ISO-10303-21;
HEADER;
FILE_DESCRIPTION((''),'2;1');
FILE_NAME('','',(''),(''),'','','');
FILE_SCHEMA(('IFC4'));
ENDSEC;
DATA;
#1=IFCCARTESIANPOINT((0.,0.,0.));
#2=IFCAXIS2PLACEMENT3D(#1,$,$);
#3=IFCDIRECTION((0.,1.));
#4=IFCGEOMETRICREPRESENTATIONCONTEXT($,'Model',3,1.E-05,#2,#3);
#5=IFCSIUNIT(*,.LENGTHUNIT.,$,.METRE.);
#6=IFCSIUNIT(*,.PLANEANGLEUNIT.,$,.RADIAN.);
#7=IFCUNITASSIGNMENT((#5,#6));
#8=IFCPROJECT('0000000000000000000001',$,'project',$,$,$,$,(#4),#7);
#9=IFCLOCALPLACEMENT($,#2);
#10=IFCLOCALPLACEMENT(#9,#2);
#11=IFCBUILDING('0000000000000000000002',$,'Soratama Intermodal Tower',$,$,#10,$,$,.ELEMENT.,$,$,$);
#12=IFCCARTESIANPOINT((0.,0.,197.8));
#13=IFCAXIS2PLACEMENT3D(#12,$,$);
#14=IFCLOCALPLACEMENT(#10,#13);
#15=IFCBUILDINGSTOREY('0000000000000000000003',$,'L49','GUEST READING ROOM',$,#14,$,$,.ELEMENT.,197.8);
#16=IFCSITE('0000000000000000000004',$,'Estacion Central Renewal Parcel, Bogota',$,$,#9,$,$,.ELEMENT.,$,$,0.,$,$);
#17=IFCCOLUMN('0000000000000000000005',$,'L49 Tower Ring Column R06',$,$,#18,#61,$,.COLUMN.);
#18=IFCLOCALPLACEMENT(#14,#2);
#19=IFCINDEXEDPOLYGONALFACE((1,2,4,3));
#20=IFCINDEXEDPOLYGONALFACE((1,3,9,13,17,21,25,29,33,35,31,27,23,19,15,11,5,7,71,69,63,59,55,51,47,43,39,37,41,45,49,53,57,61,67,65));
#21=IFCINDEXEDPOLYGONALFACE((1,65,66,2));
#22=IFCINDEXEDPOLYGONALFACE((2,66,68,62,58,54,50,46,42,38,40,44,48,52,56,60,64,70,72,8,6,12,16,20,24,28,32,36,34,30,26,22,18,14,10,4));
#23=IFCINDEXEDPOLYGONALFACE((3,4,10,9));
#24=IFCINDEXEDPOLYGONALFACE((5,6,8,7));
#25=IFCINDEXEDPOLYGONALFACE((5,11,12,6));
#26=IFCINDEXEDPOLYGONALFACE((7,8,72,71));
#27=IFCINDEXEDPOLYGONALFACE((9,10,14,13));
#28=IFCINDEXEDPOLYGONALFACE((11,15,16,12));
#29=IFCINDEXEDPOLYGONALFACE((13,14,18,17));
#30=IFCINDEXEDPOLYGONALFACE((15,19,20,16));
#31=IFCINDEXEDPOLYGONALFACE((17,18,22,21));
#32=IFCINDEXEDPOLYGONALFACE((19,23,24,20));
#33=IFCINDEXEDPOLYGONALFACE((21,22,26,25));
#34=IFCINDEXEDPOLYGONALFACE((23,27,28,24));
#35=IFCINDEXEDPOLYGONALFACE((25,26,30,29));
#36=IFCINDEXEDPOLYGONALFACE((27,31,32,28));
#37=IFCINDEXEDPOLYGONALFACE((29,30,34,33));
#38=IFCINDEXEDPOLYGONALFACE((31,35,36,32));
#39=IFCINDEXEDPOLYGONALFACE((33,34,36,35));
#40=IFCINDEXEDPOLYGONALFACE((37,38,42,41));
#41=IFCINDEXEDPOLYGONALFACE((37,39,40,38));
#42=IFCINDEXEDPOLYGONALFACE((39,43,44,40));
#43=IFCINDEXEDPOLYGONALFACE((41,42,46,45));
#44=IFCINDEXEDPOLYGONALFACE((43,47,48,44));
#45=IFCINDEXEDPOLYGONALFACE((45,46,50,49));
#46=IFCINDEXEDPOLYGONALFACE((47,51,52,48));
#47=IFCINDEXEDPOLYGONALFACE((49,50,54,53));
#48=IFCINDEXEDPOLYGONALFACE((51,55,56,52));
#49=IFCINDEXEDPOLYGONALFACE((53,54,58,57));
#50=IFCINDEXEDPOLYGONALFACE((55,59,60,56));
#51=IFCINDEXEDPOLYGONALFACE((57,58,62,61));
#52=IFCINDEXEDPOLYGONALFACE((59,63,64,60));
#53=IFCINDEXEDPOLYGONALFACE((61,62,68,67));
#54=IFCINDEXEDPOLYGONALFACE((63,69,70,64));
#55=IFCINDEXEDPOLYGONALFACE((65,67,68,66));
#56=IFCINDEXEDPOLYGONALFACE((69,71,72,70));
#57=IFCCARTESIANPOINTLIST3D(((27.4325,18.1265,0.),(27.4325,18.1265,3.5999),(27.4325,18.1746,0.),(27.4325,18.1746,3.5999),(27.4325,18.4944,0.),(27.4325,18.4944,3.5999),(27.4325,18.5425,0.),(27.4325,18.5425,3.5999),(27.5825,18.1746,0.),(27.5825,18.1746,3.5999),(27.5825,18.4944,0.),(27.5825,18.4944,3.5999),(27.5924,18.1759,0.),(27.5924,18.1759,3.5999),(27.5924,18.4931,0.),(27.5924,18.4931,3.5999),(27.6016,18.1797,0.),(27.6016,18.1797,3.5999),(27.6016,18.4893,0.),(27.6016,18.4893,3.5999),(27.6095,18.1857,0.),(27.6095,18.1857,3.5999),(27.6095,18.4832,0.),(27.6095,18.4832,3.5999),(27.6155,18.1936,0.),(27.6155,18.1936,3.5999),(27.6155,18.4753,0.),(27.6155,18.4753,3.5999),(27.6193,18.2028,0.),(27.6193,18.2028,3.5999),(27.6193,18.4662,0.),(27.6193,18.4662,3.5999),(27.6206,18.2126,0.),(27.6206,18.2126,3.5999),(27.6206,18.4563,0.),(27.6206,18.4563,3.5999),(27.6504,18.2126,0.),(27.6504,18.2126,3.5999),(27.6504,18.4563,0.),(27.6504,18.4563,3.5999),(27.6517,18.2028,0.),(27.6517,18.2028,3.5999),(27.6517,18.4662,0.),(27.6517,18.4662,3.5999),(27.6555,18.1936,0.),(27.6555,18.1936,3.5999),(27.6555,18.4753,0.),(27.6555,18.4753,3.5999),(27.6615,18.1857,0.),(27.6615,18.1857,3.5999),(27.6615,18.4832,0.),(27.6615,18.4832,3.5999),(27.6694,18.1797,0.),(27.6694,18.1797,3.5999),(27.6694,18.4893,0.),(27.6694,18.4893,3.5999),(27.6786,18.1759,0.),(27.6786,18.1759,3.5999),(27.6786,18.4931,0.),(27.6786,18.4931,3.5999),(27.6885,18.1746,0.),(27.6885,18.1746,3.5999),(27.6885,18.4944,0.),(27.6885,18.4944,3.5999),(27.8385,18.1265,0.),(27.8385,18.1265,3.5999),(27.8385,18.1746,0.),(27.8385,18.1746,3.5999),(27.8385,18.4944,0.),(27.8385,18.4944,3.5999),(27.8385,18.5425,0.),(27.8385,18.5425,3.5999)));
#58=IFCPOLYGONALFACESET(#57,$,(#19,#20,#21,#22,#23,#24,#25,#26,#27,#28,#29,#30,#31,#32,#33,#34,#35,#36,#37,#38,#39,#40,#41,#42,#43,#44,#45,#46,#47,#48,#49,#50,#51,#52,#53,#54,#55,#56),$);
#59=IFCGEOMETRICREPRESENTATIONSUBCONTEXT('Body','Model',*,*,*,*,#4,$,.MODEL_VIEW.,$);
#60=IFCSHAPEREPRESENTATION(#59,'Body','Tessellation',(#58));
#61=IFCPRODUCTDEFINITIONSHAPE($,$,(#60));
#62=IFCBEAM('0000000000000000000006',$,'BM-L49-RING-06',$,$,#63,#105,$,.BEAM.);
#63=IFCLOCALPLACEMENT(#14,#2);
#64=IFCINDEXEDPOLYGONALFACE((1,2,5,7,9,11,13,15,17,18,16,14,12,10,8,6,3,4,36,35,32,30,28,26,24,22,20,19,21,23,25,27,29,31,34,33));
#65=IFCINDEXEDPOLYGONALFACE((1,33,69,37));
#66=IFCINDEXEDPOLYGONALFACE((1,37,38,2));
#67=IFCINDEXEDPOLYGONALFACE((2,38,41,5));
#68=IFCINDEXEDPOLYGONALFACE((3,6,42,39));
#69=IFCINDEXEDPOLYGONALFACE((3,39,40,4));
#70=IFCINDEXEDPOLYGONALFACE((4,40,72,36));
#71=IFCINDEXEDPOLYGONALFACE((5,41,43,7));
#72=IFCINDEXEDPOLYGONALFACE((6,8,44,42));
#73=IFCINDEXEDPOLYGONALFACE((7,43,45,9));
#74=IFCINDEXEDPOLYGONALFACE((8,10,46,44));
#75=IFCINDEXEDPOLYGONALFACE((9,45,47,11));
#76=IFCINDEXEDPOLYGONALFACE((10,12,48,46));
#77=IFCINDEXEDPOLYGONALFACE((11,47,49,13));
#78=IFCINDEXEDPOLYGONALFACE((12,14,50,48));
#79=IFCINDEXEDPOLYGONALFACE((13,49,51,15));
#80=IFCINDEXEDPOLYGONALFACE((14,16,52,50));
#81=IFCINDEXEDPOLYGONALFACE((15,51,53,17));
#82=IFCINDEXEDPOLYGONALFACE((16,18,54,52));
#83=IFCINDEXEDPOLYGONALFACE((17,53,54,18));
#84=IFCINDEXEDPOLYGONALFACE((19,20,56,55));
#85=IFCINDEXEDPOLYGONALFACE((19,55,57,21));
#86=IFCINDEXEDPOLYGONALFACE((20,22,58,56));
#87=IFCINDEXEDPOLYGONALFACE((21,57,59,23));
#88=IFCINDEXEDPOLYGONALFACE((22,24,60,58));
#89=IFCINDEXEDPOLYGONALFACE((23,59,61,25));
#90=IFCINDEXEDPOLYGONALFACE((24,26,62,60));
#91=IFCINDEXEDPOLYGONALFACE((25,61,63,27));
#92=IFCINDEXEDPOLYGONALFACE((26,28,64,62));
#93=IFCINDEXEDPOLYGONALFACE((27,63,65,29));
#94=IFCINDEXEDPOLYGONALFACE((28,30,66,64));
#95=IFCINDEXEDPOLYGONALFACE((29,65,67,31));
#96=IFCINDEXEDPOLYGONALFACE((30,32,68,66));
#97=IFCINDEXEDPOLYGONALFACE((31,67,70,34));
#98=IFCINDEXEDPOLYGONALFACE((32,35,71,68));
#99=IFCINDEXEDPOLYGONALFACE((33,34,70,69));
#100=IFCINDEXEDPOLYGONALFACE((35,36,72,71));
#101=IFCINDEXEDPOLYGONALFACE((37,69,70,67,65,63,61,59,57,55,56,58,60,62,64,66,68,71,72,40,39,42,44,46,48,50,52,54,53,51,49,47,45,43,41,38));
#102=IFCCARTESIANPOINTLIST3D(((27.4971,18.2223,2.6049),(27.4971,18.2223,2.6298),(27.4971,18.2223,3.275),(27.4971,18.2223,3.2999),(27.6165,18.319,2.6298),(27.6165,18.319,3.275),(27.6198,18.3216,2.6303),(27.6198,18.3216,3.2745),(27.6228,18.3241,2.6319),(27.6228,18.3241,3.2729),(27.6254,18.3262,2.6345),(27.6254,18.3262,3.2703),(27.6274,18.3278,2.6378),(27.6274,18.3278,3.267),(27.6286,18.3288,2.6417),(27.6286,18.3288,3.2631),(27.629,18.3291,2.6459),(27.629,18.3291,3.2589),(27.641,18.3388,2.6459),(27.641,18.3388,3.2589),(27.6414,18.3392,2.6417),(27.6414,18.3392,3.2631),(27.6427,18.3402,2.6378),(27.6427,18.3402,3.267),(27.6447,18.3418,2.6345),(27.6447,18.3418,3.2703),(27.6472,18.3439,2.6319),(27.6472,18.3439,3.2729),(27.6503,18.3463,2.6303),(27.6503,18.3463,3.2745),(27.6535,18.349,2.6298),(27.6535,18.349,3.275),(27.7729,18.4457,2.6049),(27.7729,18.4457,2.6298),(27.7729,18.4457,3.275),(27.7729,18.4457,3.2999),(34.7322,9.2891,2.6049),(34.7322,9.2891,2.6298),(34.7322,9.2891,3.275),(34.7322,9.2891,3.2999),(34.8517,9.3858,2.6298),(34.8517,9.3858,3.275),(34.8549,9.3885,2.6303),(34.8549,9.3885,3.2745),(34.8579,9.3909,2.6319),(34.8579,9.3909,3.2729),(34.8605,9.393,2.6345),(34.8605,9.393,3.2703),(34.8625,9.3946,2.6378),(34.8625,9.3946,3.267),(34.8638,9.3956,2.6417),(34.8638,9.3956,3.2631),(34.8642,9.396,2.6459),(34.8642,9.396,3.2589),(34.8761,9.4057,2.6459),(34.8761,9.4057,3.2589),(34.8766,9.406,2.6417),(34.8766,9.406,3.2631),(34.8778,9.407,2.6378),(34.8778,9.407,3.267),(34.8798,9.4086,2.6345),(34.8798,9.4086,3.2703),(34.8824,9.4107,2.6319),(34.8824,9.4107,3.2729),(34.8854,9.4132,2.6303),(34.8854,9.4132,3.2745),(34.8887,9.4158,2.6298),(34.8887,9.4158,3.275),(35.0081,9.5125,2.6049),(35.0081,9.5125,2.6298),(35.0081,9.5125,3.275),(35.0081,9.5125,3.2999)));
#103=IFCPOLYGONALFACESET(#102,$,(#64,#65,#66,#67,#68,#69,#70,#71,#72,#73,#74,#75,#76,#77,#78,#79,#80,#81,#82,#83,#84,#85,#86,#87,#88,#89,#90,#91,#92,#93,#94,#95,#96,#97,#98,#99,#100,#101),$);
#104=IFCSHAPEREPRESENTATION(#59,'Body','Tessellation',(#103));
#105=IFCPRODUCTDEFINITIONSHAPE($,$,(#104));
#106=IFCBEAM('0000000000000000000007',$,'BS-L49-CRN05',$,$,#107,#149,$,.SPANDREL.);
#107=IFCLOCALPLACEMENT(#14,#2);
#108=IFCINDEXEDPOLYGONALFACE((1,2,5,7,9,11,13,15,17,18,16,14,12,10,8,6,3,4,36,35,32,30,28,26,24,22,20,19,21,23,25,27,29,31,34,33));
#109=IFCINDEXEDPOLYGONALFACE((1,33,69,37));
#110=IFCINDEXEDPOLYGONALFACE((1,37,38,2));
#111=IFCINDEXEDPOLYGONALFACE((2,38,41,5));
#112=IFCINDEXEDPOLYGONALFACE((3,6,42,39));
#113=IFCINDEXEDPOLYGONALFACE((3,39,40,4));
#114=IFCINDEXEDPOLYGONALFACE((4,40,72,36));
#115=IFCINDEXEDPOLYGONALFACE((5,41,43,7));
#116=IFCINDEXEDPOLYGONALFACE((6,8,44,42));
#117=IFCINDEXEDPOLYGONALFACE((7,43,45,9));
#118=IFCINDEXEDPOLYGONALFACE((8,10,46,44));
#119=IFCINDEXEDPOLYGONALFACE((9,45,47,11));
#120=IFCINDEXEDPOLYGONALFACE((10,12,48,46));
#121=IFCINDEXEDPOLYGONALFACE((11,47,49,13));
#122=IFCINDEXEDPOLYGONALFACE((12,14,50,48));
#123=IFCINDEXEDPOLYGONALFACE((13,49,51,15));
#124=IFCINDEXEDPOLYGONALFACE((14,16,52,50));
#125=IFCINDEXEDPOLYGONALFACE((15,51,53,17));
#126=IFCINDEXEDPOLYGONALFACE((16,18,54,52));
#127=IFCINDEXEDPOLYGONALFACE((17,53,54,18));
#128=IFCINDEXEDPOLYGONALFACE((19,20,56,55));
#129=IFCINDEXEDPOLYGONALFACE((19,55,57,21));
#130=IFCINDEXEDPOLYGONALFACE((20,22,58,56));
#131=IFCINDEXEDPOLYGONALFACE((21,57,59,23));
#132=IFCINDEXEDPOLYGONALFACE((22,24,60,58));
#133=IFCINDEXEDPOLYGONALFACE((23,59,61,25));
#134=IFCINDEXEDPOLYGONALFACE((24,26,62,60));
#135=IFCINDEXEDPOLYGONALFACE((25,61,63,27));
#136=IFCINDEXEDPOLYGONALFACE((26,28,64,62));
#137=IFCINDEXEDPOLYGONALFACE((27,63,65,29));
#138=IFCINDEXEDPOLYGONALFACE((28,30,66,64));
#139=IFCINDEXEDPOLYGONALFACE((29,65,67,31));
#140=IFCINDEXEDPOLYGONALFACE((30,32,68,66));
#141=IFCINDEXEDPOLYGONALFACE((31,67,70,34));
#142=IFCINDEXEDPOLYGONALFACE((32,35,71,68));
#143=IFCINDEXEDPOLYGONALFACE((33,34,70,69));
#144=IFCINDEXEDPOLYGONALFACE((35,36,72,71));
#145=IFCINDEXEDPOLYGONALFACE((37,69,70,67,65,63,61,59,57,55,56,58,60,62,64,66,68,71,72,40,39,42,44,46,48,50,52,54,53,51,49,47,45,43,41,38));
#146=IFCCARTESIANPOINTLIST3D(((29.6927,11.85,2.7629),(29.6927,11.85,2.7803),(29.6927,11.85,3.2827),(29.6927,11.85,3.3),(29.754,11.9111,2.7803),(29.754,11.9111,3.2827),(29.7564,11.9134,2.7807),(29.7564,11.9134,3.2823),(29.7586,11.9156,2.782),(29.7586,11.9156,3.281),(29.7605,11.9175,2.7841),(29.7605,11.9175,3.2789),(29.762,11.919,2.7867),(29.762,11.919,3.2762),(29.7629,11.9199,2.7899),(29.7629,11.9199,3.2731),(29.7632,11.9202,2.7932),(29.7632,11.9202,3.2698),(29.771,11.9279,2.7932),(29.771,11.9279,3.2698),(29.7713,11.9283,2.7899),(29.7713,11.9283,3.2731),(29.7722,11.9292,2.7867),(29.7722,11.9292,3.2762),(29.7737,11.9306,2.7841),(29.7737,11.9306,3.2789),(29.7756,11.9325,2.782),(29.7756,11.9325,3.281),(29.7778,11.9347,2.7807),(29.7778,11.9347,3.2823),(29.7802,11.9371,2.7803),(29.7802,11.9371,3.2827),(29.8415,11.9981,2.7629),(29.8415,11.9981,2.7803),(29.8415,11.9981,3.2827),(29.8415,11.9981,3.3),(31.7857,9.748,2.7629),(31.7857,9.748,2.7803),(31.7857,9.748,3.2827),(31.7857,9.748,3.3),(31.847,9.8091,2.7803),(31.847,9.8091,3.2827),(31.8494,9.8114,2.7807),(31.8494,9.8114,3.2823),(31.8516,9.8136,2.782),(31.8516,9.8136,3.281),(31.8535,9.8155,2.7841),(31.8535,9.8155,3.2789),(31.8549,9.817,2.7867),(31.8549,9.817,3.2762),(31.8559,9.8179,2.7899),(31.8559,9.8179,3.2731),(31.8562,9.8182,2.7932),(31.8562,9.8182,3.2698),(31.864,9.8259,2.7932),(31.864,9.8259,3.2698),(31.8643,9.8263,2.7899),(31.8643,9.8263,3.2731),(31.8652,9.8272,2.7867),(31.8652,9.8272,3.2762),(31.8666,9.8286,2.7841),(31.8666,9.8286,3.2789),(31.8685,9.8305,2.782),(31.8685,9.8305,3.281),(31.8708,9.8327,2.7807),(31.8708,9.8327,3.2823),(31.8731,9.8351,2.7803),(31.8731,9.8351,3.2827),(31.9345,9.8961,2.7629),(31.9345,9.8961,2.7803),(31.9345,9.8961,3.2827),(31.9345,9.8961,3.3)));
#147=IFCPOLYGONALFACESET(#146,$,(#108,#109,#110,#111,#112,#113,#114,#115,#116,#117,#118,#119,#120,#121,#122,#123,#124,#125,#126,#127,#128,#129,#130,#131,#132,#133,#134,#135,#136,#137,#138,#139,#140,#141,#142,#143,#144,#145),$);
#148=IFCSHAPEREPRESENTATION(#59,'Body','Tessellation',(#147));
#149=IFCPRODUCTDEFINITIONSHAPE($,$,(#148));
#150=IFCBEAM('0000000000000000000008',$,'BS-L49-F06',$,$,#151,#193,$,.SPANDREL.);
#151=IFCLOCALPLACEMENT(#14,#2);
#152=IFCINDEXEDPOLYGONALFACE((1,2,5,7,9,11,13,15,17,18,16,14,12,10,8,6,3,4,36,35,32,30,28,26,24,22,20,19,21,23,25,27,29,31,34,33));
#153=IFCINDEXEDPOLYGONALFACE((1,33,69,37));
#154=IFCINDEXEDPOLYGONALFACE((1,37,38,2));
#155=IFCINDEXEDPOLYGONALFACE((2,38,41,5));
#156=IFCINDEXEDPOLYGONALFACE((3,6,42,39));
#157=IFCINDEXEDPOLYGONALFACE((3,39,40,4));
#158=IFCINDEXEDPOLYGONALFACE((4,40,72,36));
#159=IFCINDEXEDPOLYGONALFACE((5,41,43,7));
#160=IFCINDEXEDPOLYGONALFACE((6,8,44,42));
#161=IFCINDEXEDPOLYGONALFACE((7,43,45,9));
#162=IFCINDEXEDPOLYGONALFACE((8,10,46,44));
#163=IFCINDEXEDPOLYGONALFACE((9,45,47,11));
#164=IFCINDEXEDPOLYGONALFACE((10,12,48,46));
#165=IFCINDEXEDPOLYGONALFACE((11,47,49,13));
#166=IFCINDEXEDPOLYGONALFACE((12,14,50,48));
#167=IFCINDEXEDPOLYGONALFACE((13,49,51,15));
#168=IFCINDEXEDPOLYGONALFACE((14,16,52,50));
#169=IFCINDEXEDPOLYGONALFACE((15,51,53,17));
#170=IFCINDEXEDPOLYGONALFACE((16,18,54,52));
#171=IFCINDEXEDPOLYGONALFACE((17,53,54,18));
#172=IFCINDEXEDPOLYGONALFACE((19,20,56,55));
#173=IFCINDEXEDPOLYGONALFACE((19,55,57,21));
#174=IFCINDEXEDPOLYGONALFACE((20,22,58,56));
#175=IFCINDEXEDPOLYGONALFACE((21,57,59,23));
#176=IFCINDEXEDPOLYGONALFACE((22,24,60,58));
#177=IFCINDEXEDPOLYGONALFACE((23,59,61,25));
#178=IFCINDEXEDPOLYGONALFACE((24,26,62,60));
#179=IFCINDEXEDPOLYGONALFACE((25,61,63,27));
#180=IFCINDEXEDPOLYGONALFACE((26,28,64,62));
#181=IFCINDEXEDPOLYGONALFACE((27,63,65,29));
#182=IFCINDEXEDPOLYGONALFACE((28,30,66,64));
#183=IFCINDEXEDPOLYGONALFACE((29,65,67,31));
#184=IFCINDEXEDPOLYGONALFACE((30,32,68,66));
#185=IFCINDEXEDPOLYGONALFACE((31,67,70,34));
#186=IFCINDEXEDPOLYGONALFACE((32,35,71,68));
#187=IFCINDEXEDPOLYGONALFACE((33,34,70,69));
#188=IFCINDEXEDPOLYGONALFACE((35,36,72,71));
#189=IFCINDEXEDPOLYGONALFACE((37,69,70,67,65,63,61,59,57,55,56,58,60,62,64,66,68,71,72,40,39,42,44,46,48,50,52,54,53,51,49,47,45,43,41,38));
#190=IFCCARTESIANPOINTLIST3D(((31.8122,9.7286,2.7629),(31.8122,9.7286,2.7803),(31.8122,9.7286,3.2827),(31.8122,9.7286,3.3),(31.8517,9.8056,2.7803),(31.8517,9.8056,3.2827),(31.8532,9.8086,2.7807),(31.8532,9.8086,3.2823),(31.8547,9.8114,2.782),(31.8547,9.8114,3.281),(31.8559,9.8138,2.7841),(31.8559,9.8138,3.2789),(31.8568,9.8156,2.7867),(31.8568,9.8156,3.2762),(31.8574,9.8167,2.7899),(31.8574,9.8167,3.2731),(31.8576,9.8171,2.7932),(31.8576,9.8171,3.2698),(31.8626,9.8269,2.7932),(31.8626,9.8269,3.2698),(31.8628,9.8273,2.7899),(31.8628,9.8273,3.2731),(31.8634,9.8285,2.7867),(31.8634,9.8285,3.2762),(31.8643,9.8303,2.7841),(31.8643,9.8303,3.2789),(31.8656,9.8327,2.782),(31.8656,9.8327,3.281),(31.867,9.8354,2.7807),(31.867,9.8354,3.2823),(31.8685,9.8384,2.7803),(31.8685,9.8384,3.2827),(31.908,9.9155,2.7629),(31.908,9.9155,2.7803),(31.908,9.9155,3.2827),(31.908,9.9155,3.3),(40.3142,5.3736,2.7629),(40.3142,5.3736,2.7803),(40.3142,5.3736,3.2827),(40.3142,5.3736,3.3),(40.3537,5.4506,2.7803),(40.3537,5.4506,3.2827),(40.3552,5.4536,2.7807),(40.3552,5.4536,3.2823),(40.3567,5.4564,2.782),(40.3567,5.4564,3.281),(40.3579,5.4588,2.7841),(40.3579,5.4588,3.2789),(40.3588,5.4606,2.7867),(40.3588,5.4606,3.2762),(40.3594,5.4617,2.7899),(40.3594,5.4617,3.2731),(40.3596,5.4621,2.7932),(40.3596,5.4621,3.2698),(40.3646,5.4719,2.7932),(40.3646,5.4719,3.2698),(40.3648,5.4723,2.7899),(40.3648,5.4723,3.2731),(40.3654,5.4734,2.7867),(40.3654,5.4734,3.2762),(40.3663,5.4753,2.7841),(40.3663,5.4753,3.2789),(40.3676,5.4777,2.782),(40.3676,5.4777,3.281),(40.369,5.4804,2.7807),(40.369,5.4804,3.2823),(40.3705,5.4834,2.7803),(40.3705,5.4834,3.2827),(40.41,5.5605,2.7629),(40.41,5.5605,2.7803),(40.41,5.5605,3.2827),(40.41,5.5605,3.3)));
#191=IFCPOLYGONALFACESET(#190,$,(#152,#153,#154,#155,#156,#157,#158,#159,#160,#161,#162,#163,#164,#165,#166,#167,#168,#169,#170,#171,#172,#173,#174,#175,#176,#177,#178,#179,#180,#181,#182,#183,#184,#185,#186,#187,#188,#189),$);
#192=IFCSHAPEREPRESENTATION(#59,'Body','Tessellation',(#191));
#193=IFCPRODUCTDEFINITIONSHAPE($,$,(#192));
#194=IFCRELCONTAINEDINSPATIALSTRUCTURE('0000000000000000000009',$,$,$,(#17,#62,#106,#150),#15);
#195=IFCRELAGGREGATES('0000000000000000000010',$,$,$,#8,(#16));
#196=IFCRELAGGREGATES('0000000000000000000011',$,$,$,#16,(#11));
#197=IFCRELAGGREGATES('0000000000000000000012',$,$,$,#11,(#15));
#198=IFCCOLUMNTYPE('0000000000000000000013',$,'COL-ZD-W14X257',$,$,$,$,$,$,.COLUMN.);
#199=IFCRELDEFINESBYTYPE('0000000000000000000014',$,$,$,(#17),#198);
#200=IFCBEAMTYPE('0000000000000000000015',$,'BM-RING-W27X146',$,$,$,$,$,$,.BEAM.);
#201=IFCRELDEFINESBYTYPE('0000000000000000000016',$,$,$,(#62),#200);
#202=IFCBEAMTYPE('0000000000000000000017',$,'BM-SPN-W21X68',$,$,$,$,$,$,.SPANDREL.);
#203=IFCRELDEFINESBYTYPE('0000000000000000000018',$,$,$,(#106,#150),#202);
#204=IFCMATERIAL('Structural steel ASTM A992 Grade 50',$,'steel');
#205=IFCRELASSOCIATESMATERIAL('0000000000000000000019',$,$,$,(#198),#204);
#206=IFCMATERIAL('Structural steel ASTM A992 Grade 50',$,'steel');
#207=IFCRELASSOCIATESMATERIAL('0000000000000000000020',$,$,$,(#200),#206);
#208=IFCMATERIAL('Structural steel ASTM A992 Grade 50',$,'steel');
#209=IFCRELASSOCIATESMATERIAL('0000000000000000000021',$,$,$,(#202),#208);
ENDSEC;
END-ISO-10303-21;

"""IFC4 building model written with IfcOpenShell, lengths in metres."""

from ifc_helpers import new_model, si_unit, direction, frame, origin, origin_2d, place, context, subcontext, project, spatial, i_section, extrude, material, material_profile, profile_set, type_object, element, save


model = new_model("IFC4")

# Units and contexts
model_context = context("Model", 3, precision=1e-05, world=origin(), true_north=direction((0.0, 1.0)))
body_context = subcontext(model_context, "Body", "Model", "MODEL_VIEW")
ifc_project = project(units=[si_unit("LENGTHUNIT", "METRE"), si_unit("PLANEANGLEUNIT", "RADIAN")], contexts=[model_context])

# Site, building, storey
site_placement = place(None, origin())
site = spatial("IfcSite", under=ifc_project, at=site_placement, Name="Estacion Central Renewal Parcel, Bogota", CompositionType="ELEMENT", RefElevation=0.0)
building_placement = place(site_placement, origin())
building = spatial("IfcBuilding", under=site, at=building_placement, Name="Soratama Intermodal Tower", CompositionType="ELEMENT")
storey_placement = place(building_placement, frame((0.0, 0.0, 197.8)))
storey = spatial("IfcBuildingStorey", under=building, at=storey_placement, Name="L49", Description="GUEST READING ROOM", CompositionType="ELEMENT", Elevation=197.8)

# Column
ifc_material_1 = material(Name="Structural steel ASTM A992 Grade 50", Category="steel")
ifc_material_profile_1 = material_profile(ifc_material_1, i_section(OverallWidth=0.406, OverallDepth=0.416, WebThickness=0.0298, FlangeThickness=0.0481, FilletRadius=0.0381, at=origin_2d()), Name="W14X257")
ifc_profile_set_1 = profile_set([ifc_material_profile_1], Name="Structural steel ASTM A992 Grade 50")
column_type = type_object("IfcColumnType", Name="COL-ZD-W14X257", PredefinedType="COLUMN", material=ifc_profile_set_1)
column_placement = place(storey_placement, frame((27.6355, 18.3345, 0.0), z_axis=(0.0, 0.0, 1.0), x_axis=(1.0, 0.0, 0.0)))
element("IfcColumn", 1, at=column_placement, inside=storey, type_object=column_type, Name="L49 Tower Ring Column R06", PredefinedType="COLUMN", context=body_context, shape_type="SweptSolid", body=[
    extrude(i_section(OverallWidth=0.406, OverallDepth=0.416, WebThickness=0.0298, FlangeThickness=0.0481, FilletRadius=0.0381, at=origin_2d()), origin(), (0.0, 0.0, 1.0), 3.5999),
])

# Beams
ifc_material_2 = material(Name="Structural steel ASTM A992 Grade 50", Category="steel")
ifc_material_profile_2 = material_profile(ifc_material_2, i_section(OverallWidth=0.355, OverallDepth=0.6951, WebThickness=0.0154, FlangeThickness=0.0249, FilletRadius=0.0161, at=origin_2d()), Name="W27X146")
ifc_profile_set_2 = profile_set([ifc_material_profile_2], Name="Structural steel ASTM A992 Grade 50")
beam_type_1 = type_object("IfcBeamType", Name="BM-RING-W27X146", PredefinedType="BEAM", material=ifc_profile_set_2)
beam_1_placement = place(storey_placement, frame((27.635, 18.334, 2.9524), z_axis=(0.629385, -0.777094, 0.0), x_axis=(0.777094, 0.629385, 0.0)))
element("IfcBeam", 2, at=beam_1_placement, inside=storey, type_object=beam_type_1, Name="BM-L49-RING-06", PredefinedType="BEAM", context=body_context, shape_type="SweptSolid", body=[
    extrude(i_section(OverallWidth=0.355, OverallDepth=0.6951, WebThickness=0.0154, FlangeThickness=0.0249, FilletRadius=0.0161, at=origin_2d()), origin(), (0.0, 0.0, 1.0), 11.4956),
])
ifc_material_3 = material(Name="Structural steel ASTM A992 Grade 50", Category="steel")
ifc_material_profile_3 = material_profile(ifc_material_3, i_section(OverallWidth=0.21, OverallDepth=0.5371, WebThickness=0.011, FlangeThickness=0.0173, FilletRadius=0.0129, at=origin_2d()), Name="W21X68")
ifc_profile_set_3 = profile_set([ifc_material_profile_3], Name="Structural steel ASTM A992 Grade 50")
beam_type_2 = type_object("IfcBeamType", Name="BM-SPN-W21X68", PredefinedType="SPANDREL", material=ifc_profile_set_3)
beam_2_placement = place(storey_placement, frame((29.7671, 11.9241, 3.0315), z_axis=(0.705583, -0.708628, 0.0), x_axis=(0.708628, 0.705583, 0.0)))
element("IfcBeam", 3, at=beam_2_placement, inside=storey, type_object=beam_type_2, Name="BS-L49-CRN05", PredefinedType="SPANDREL", context=body_context, shape_type="SweptSolid", body=[
    extrude(i_section(OverallWidth=0.21, OverallDepth=0.5371, WebThickness=0.011, FlangeThickness=0.0173, FilletRadius=0.0129, at=origin_2d()), origin(), (0.0, 0.0, 1.0), 2.9663),
])
beam_3_placement = place(storey_placement, frame((31.8601, 9.822, 3.0315), z_axis=(0.89003, -0.455903, 0.0), x_axis=(0.455903, 0.89003, 0.0)))
element("IfcBeam", 4, at=beam_3_placement, inside=storey, type_object=beam_type_2, Name="BS-L49-F06", PredefinedType="SPANDREL", context=body_context, shape_type="SweptSolid", body=[
    extrude(i_section(OverallWidth=0.21, OverallDepth=0.5371, WebThickness=0.011, FlangeThickness=0.0173, FilletRadius=0.0129, at=origin_2d()), origin(), (0.0, 0.0, 1.0), 9.5525),
])

save(model, "model.ifc")
